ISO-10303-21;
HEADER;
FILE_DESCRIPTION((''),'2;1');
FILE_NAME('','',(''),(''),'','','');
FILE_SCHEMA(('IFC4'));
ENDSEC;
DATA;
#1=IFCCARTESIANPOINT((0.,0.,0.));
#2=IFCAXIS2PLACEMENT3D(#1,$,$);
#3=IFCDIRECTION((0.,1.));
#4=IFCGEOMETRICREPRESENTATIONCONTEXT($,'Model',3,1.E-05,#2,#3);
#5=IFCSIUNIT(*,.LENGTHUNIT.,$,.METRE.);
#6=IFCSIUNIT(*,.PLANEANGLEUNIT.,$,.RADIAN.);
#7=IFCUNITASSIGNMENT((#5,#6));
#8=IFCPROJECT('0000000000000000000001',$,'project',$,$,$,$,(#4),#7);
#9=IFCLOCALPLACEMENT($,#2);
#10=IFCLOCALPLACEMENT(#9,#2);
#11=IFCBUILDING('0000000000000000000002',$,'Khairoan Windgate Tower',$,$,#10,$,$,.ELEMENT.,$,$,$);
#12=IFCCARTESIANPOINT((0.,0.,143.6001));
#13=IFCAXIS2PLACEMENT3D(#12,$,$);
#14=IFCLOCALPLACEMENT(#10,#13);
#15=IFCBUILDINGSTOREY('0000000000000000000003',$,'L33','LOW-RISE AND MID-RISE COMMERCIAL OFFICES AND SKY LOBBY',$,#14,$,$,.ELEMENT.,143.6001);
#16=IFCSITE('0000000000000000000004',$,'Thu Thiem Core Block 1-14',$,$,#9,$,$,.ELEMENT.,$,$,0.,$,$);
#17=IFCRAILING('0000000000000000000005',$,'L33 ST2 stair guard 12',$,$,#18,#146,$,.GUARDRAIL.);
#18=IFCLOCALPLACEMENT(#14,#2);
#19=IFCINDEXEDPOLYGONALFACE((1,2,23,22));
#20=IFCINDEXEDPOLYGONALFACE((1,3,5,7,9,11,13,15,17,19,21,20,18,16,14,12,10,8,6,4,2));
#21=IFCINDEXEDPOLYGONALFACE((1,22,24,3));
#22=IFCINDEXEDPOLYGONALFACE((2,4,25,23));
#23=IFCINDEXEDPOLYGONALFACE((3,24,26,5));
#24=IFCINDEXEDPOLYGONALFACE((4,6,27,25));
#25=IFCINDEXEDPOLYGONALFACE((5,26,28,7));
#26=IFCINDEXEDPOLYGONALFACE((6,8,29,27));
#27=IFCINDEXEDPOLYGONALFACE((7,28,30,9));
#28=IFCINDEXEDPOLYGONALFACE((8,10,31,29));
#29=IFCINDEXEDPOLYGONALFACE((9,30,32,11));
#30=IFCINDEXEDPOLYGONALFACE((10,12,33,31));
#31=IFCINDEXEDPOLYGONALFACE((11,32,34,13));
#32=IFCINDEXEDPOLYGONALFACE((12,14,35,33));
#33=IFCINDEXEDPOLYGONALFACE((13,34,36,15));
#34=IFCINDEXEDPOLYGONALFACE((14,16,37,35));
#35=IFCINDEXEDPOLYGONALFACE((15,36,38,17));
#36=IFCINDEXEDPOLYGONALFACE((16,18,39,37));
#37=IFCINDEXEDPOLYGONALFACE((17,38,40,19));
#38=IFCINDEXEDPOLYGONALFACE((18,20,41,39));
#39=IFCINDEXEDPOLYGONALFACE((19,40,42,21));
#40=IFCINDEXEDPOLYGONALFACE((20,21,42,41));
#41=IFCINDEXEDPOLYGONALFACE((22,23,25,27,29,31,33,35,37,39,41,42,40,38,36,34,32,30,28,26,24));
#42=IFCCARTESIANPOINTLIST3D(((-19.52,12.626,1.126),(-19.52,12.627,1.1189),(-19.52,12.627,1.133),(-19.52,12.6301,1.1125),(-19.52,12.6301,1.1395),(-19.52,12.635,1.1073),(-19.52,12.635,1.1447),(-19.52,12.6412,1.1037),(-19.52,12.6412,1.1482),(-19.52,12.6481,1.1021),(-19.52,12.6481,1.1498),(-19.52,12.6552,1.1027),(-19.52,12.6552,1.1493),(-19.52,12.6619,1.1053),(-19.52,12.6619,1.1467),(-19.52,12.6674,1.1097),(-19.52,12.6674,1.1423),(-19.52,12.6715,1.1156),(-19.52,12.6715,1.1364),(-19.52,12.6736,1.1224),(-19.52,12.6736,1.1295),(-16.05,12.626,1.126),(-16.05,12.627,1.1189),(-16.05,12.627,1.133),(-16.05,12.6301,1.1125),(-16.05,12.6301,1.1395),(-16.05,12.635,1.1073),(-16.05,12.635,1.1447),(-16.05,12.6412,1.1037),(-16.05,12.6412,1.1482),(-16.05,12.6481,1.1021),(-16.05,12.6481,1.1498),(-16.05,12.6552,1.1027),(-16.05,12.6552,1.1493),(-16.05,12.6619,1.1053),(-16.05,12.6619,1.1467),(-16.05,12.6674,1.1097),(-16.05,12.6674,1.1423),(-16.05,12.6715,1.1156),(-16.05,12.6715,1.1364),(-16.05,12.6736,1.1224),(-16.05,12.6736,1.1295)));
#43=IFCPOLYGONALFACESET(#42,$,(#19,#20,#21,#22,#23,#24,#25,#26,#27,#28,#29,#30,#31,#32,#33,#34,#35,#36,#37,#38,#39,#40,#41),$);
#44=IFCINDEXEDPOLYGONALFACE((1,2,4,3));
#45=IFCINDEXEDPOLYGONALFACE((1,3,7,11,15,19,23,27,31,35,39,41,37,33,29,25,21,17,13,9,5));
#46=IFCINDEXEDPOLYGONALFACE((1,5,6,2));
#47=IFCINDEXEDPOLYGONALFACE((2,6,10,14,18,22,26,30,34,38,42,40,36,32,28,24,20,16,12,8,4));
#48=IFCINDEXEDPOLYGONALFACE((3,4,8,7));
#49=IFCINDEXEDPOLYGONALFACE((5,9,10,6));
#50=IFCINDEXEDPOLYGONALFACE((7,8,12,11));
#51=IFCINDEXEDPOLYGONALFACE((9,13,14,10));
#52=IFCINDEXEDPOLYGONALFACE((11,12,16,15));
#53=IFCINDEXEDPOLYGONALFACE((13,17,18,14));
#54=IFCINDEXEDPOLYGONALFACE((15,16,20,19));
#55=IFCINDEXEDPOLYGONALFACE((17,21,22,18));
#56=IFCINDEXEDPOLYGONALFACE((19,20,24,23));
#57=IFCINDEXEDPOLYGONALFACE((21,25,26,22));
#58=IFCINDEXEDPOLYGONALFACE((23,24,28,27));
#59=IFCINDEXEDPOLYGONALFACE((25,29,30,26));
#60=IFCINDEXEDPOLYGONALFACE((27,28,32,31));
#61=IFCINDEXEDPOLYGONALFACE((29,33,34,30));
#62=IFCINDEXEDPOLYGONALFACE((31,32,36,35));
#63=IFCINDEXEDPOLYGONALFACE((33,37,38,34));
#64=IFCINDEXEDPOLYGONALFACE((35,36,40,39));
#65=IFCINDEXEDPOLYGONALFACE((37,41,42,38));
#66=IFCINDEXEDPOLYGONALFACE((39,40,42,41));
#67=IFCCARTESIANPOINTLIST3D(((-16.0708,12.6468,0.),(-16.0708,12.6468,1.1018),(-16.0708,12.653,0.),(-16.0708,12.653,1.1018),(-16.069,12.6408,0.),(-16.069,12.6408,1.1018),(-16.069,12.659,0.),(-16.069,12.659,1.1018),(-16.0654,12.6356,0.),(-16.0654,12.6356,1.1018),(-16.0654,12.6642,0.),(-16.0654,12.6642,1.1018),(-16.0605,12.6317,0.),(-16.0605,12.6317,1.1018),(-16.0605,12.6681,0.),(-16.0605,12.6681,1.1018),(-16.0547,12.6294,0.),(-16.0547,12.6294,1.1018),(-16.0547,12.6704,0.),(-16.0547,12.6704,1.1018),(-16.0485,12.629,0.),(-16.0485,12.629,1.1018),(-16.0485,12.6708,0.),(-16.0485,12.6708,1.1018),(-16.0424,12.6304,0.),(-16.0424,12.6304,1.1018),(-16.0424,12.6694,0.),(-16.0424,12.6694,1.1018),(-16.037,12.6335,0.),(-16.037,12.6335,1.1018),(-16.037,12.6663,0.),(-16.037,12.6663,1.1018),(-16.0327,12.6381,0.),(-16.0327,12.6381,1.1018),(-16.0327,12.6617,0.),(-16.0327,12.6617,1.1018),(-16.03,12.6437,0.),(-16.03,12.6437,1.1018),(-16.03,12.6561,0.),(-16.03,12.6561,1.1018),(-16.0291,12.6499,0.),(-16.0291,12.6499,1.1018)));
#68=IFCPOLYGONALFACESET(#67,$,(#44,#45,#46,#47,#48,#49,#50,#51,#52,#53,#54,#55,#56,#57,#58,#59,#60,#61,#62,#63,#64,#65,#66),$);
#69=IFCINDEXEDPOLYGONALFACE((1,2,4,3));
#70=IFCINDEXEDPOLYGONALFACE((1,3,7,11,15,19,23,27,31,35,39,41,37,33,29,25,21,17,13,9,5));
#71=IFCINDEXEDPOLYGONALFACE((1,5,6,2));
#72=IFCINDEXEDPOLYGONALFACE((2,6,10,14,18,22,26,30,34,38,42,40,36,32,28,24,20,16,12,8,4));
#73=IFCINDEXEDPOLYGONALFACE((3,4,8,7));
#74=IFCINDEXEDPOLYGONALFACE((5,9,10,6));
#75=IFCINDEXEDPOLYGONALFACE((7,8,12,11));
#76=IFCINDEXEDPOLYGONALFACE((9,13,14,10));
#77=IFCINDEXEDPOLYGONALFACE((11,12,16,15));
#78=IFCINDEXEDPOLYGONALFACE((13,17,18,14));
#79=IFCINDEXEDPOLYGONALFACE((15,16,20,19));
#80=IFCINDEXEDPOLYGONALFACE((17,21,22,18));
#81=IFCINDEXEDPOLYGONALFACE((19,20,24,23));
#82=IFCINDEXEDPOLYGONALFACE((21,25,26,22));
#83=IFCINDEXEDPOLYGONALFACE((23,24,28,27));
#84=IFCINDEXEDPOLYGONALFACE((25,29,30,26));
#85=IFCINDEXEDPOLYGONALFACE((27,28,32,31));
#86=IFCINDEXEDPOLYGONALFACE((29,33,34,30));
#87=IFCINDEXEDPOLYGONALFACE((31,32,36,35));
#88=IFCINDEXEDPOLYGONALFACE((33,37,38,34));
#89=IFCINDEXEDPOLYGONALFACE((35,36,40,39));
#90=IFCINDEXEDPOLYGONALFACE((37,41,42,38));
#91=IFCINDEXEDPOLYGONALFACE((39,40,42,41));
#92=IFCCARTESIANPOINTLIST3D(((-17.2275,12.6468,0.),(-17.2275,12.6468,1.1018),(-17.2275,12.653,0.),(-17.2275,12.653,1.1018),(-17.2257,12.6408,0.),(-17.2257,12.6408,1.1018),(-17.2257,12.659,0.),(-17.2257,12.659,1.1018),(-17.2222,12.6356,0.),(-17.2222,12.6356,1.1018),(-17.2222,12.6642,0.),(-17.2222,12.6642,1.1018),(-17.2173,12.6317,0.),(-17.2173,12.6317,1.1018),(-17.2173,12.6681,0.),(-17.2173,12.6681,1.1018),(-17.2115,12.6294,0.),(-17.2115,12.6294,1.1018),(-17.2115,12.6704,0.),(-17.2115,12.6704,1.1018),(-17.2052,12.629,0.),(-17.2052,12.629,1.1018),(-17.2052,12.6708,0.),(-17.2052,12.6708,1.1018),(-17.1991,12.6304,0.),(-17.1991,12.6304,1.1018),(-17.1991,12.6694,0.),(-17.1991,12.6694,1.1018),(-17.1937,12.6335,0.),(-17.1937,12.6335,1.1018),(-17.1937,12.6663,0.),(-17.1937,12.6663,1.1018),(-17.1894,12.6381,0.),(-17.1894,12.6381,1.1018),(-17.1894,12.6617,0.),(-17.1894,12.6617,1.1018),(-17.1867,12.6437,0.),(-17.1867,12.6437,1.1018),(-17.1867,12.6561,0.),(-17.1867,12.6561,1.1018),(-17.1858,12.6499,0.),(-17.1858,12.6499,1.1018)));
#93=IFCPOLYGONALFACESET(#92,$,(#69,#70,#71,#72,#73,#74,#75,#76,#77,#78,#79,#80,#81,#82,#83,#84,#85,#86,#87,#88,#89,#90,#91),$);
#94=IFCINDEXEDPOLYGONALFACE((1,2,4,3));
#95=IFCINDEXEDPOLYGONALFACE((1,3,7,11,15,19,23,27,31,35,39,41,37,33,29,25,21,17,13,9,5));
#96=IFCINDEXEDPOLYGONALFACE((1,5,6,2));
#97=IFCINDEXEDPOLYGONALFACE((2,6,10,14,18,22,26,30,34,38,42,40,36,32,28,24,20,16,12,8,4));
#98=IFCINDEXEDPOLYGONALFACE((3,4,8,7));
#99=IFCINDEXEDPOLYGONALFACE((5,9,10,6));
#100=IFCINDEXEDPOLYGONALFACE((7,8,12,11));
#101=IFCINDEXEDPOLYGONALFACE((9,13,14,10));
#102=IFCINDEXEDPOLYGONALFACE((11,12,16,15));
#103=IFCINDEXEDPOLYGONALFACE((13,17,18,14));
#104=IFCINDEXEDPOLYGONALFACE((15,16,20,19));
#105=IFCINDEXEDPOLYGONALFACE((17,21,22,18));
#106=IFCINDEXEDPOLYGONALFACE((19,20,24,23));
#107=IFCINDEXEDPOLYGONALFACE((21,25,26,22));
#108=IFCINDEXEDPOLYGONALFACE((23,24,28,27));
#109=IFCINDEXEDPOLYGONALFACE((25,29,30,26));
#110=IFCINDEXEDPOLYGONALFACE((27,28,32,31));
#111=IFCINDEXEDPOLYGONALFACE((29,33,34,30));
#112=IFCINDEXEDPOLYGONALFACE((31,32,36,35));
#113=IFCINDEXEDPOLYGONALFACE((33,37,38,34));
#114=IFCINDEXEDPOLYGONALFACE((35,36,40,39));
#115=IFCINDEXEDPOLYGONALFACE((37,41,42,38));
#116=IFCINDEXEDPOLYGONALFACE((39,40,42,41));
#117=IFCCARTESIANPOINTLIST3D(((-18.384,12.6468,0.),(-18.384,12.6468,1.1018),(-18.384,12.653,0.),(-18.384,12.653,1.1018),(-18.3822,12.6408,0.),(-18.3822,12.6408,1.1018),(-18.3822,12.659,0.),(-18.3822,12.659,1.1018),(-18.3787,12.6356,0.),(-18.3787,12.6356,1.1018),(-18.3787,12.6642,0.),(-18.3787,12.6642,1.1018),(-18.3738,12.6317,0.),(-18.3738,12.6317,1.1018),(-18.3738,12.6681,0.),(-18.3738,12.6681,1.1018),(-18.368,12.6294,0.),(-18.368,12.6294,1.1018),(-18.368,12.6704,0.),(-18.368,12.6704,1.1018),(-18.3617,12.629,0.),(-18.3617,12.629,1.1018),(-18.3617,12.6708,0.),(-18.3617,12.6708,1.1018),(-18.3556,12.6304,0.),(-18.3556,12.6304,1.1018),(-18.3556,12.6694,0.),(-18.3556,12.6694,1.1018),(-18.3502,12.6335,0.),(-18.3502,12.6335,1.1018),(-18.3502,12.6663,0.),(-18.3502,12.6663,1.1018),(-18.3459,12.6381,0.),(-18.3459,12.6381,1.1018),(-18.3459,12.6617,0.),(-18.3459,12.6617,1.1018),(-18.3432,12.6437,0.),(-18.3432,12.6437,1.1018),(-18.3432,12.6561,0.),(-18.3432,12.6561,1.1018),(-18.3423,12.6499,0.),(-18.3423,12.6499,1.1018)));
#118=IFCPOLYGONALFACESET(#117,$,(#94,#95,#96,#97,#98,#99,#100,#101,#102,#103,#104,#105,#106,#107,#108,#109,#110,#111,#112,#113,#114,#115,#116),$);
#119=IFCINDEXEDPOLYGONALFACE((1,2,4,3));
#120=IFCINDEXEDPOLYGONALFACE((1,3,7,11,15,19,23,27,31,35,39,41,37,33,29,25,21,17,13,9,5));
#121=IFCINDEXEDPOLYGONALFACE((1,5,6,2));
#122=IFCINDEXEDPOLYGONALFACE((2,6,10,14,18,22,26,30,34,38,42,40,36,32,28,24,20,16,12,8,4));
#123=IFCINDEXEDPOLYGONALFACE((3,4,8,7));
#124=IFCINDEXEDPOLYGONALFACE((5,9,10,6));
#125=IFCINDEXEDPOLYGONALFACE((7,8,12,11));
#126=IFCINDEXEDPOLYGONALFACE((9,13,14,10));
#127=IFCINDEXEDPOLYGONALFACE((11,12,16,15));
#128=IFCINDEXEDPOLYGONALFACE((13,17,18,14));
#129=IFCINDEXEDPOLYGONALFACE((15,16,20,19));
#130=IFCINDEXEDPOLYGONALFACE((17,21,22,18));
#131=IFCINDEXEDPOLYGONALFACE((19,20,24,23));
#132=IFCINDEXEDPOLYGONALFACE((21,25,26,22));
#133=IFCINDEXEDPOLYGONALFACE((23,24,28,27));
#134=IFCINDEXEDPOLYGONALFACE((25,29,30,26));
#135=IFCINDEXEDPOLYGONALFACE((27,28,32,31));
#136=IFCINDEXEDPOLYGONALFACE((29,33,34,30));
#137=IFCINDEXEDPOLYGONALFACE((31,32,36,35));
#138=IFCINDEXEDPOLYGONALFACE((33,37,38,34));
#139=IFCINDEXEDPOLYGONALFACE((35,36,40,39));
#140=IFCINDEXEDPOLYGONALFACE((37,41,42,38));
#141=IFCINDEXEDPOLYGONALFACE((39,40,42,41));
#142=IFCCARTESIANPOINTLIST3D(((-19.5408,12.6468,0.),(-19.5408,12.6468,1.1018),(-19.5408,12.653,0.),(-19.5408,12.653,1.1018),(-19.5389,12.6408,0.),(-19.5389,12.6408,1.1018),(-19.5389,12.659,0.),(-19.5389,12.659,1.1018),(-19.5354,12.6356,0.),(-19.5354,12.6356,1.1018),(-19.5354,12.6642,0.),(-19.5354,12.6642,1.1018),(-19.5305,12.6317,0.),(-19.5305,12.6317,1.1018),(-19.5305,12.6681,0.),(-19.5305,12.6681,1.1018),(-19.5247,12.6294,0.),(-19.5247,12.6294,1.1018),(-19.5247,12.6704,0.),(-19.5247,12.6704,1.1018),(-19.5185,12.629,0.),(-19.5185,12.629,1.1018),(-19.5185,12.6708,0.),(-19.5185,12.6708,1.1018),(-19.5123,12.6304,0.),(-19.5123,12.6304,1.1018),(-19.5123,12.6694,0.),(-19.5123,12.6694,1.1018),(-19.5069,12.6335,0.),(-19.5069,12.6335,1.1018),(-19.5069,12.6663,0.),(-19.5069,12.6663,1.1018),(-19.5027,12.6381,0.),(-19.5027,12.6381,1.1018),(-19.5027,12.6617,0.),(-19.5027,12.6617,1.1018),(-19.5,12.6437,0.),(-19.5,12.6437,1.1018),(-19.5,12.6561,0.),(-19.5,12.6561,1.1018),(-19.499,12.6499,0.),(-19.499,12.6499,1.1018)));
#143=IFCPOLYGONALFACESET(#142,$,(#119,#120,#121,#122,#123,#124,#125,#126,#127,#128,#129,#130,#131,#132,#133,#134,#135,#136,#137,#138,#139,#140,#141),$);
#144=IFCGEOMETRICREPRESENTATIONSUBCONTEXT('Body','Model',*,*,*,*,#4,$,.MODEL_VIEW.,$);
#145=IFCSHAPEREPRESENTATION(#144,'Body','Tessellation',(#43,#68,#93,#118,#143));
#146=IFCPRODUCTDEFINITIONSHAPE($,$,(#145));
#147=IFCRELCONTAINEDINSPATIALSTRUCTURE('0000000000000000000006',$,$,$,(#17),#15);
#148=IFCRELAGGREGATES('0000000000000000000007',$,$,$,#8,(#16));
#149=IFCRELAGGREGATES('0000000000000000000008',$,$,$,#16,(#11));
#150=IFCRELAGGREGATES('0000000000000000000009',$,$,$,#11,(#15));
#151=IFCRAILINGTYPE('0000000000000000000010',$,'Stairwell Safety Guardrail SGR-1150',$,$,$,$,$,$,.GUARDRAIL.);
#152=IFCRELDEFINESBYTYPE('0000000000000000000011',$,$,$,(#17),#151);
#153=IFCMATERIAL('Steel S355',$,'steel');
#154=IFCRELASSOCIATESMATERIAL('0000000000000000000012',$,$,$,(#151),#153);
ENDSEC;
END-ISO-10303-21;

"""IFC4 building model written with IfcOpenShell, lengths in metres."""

from ifc_helpers import new_model, si_unit, direction, frame, origin, origin_2d, place, context, subcontext, project, spatial, circle, extrude, material, type_object, element, save


model = new_model("IFC4")

# Units and contexts
model_context = context("Model", 3, precision=1e-05, world=origin(), true_north=direction((0.0, 1.0)))
body_context = subcontext(model_context, "Body", "Model", "MODEL_VIEW")
ifc_project = project(units=[si_unit("LENGTHUNIT", "METRE"), si_unit("PLANEANGLEUNIT", "RADIAN")], contexts=[model_context])

# Site, building, storey
site_placement = place(None, origin())
site = spatial("IfcSite", under=ifc_project, at=site_placement, Name="Thu Thiem Core Block 1-14", CompositionType="ELEMENT", RefElevation=0.0)
building_placement = place(site_placement, origin())
building = spatial("IfcBuilding", under=site, at=building_placement, Name="Khairoan Windgate Tower", CompositionType="ELEMENT")
storey_placement = place(building_placement, frame((0.0, 0.0, 143.6001)))
storey = spatial("IfcBuildingStorey", under=building, at=storey_placement, Name="L33", Description="LOW-RISE AND MID-RISE COMMERCIAL OFFICES AND SKY LOBBY", CompositionType="ELEMENT", Elevation=143.6001)

# Railing
ifc_material_1 = material(Name="Steel S355", Category="steel")
railing_type = type_object("IfcRailingType", Name="Stairwell Safety Guardrail SGR-1150", PredefinedType="GUARDRAIL", material=ifc_material_1)
railing_1_placement = place(storey_placement, frame((-16.05, 12.6499, 0.0)))
element("IfcRailing", 1, at=railing_1_placement, inside=storey, type_object=railing_type, Name="L33 ST2 stair guard 12", PredefinedType="GUARDRAIL", context=body_context, shape_type="SweptSolid", body=[
    extrude(circle(Radius=0.0239, at=origin_2d()), frame((0.0, 0.0, 1.126), z_axis=(-1.0, 0.0, 0.0), x_axis=(0.0, -1.0, 0.0)), (0.0, 0.0, 1.0), 3.47),
    extrude(circle(Radius=0.021, at=origin_2d()), origin(), (0.0, 0.0, 1.0), 1.1018),
    extrude(circle(Radius=0.021, at=origin_2d()), frame((-1.1567, 0.0, 0.0)), (0.0, 0.0, 1.0), 1.1018),
    extrude(circle(Radius=0.021, at=origin_2d()), frame((-2.3132, 0.0, 0.0)), (0.0, 0.0, 1.0), 1.1018),
    extrude(circle(Radius=0.021, at=origin_2d()), frame((-3.47, 0.0, 0.0)), (0.0, 0.0, 1.0), 1.1018),
])

save(model, "model.ifc")
